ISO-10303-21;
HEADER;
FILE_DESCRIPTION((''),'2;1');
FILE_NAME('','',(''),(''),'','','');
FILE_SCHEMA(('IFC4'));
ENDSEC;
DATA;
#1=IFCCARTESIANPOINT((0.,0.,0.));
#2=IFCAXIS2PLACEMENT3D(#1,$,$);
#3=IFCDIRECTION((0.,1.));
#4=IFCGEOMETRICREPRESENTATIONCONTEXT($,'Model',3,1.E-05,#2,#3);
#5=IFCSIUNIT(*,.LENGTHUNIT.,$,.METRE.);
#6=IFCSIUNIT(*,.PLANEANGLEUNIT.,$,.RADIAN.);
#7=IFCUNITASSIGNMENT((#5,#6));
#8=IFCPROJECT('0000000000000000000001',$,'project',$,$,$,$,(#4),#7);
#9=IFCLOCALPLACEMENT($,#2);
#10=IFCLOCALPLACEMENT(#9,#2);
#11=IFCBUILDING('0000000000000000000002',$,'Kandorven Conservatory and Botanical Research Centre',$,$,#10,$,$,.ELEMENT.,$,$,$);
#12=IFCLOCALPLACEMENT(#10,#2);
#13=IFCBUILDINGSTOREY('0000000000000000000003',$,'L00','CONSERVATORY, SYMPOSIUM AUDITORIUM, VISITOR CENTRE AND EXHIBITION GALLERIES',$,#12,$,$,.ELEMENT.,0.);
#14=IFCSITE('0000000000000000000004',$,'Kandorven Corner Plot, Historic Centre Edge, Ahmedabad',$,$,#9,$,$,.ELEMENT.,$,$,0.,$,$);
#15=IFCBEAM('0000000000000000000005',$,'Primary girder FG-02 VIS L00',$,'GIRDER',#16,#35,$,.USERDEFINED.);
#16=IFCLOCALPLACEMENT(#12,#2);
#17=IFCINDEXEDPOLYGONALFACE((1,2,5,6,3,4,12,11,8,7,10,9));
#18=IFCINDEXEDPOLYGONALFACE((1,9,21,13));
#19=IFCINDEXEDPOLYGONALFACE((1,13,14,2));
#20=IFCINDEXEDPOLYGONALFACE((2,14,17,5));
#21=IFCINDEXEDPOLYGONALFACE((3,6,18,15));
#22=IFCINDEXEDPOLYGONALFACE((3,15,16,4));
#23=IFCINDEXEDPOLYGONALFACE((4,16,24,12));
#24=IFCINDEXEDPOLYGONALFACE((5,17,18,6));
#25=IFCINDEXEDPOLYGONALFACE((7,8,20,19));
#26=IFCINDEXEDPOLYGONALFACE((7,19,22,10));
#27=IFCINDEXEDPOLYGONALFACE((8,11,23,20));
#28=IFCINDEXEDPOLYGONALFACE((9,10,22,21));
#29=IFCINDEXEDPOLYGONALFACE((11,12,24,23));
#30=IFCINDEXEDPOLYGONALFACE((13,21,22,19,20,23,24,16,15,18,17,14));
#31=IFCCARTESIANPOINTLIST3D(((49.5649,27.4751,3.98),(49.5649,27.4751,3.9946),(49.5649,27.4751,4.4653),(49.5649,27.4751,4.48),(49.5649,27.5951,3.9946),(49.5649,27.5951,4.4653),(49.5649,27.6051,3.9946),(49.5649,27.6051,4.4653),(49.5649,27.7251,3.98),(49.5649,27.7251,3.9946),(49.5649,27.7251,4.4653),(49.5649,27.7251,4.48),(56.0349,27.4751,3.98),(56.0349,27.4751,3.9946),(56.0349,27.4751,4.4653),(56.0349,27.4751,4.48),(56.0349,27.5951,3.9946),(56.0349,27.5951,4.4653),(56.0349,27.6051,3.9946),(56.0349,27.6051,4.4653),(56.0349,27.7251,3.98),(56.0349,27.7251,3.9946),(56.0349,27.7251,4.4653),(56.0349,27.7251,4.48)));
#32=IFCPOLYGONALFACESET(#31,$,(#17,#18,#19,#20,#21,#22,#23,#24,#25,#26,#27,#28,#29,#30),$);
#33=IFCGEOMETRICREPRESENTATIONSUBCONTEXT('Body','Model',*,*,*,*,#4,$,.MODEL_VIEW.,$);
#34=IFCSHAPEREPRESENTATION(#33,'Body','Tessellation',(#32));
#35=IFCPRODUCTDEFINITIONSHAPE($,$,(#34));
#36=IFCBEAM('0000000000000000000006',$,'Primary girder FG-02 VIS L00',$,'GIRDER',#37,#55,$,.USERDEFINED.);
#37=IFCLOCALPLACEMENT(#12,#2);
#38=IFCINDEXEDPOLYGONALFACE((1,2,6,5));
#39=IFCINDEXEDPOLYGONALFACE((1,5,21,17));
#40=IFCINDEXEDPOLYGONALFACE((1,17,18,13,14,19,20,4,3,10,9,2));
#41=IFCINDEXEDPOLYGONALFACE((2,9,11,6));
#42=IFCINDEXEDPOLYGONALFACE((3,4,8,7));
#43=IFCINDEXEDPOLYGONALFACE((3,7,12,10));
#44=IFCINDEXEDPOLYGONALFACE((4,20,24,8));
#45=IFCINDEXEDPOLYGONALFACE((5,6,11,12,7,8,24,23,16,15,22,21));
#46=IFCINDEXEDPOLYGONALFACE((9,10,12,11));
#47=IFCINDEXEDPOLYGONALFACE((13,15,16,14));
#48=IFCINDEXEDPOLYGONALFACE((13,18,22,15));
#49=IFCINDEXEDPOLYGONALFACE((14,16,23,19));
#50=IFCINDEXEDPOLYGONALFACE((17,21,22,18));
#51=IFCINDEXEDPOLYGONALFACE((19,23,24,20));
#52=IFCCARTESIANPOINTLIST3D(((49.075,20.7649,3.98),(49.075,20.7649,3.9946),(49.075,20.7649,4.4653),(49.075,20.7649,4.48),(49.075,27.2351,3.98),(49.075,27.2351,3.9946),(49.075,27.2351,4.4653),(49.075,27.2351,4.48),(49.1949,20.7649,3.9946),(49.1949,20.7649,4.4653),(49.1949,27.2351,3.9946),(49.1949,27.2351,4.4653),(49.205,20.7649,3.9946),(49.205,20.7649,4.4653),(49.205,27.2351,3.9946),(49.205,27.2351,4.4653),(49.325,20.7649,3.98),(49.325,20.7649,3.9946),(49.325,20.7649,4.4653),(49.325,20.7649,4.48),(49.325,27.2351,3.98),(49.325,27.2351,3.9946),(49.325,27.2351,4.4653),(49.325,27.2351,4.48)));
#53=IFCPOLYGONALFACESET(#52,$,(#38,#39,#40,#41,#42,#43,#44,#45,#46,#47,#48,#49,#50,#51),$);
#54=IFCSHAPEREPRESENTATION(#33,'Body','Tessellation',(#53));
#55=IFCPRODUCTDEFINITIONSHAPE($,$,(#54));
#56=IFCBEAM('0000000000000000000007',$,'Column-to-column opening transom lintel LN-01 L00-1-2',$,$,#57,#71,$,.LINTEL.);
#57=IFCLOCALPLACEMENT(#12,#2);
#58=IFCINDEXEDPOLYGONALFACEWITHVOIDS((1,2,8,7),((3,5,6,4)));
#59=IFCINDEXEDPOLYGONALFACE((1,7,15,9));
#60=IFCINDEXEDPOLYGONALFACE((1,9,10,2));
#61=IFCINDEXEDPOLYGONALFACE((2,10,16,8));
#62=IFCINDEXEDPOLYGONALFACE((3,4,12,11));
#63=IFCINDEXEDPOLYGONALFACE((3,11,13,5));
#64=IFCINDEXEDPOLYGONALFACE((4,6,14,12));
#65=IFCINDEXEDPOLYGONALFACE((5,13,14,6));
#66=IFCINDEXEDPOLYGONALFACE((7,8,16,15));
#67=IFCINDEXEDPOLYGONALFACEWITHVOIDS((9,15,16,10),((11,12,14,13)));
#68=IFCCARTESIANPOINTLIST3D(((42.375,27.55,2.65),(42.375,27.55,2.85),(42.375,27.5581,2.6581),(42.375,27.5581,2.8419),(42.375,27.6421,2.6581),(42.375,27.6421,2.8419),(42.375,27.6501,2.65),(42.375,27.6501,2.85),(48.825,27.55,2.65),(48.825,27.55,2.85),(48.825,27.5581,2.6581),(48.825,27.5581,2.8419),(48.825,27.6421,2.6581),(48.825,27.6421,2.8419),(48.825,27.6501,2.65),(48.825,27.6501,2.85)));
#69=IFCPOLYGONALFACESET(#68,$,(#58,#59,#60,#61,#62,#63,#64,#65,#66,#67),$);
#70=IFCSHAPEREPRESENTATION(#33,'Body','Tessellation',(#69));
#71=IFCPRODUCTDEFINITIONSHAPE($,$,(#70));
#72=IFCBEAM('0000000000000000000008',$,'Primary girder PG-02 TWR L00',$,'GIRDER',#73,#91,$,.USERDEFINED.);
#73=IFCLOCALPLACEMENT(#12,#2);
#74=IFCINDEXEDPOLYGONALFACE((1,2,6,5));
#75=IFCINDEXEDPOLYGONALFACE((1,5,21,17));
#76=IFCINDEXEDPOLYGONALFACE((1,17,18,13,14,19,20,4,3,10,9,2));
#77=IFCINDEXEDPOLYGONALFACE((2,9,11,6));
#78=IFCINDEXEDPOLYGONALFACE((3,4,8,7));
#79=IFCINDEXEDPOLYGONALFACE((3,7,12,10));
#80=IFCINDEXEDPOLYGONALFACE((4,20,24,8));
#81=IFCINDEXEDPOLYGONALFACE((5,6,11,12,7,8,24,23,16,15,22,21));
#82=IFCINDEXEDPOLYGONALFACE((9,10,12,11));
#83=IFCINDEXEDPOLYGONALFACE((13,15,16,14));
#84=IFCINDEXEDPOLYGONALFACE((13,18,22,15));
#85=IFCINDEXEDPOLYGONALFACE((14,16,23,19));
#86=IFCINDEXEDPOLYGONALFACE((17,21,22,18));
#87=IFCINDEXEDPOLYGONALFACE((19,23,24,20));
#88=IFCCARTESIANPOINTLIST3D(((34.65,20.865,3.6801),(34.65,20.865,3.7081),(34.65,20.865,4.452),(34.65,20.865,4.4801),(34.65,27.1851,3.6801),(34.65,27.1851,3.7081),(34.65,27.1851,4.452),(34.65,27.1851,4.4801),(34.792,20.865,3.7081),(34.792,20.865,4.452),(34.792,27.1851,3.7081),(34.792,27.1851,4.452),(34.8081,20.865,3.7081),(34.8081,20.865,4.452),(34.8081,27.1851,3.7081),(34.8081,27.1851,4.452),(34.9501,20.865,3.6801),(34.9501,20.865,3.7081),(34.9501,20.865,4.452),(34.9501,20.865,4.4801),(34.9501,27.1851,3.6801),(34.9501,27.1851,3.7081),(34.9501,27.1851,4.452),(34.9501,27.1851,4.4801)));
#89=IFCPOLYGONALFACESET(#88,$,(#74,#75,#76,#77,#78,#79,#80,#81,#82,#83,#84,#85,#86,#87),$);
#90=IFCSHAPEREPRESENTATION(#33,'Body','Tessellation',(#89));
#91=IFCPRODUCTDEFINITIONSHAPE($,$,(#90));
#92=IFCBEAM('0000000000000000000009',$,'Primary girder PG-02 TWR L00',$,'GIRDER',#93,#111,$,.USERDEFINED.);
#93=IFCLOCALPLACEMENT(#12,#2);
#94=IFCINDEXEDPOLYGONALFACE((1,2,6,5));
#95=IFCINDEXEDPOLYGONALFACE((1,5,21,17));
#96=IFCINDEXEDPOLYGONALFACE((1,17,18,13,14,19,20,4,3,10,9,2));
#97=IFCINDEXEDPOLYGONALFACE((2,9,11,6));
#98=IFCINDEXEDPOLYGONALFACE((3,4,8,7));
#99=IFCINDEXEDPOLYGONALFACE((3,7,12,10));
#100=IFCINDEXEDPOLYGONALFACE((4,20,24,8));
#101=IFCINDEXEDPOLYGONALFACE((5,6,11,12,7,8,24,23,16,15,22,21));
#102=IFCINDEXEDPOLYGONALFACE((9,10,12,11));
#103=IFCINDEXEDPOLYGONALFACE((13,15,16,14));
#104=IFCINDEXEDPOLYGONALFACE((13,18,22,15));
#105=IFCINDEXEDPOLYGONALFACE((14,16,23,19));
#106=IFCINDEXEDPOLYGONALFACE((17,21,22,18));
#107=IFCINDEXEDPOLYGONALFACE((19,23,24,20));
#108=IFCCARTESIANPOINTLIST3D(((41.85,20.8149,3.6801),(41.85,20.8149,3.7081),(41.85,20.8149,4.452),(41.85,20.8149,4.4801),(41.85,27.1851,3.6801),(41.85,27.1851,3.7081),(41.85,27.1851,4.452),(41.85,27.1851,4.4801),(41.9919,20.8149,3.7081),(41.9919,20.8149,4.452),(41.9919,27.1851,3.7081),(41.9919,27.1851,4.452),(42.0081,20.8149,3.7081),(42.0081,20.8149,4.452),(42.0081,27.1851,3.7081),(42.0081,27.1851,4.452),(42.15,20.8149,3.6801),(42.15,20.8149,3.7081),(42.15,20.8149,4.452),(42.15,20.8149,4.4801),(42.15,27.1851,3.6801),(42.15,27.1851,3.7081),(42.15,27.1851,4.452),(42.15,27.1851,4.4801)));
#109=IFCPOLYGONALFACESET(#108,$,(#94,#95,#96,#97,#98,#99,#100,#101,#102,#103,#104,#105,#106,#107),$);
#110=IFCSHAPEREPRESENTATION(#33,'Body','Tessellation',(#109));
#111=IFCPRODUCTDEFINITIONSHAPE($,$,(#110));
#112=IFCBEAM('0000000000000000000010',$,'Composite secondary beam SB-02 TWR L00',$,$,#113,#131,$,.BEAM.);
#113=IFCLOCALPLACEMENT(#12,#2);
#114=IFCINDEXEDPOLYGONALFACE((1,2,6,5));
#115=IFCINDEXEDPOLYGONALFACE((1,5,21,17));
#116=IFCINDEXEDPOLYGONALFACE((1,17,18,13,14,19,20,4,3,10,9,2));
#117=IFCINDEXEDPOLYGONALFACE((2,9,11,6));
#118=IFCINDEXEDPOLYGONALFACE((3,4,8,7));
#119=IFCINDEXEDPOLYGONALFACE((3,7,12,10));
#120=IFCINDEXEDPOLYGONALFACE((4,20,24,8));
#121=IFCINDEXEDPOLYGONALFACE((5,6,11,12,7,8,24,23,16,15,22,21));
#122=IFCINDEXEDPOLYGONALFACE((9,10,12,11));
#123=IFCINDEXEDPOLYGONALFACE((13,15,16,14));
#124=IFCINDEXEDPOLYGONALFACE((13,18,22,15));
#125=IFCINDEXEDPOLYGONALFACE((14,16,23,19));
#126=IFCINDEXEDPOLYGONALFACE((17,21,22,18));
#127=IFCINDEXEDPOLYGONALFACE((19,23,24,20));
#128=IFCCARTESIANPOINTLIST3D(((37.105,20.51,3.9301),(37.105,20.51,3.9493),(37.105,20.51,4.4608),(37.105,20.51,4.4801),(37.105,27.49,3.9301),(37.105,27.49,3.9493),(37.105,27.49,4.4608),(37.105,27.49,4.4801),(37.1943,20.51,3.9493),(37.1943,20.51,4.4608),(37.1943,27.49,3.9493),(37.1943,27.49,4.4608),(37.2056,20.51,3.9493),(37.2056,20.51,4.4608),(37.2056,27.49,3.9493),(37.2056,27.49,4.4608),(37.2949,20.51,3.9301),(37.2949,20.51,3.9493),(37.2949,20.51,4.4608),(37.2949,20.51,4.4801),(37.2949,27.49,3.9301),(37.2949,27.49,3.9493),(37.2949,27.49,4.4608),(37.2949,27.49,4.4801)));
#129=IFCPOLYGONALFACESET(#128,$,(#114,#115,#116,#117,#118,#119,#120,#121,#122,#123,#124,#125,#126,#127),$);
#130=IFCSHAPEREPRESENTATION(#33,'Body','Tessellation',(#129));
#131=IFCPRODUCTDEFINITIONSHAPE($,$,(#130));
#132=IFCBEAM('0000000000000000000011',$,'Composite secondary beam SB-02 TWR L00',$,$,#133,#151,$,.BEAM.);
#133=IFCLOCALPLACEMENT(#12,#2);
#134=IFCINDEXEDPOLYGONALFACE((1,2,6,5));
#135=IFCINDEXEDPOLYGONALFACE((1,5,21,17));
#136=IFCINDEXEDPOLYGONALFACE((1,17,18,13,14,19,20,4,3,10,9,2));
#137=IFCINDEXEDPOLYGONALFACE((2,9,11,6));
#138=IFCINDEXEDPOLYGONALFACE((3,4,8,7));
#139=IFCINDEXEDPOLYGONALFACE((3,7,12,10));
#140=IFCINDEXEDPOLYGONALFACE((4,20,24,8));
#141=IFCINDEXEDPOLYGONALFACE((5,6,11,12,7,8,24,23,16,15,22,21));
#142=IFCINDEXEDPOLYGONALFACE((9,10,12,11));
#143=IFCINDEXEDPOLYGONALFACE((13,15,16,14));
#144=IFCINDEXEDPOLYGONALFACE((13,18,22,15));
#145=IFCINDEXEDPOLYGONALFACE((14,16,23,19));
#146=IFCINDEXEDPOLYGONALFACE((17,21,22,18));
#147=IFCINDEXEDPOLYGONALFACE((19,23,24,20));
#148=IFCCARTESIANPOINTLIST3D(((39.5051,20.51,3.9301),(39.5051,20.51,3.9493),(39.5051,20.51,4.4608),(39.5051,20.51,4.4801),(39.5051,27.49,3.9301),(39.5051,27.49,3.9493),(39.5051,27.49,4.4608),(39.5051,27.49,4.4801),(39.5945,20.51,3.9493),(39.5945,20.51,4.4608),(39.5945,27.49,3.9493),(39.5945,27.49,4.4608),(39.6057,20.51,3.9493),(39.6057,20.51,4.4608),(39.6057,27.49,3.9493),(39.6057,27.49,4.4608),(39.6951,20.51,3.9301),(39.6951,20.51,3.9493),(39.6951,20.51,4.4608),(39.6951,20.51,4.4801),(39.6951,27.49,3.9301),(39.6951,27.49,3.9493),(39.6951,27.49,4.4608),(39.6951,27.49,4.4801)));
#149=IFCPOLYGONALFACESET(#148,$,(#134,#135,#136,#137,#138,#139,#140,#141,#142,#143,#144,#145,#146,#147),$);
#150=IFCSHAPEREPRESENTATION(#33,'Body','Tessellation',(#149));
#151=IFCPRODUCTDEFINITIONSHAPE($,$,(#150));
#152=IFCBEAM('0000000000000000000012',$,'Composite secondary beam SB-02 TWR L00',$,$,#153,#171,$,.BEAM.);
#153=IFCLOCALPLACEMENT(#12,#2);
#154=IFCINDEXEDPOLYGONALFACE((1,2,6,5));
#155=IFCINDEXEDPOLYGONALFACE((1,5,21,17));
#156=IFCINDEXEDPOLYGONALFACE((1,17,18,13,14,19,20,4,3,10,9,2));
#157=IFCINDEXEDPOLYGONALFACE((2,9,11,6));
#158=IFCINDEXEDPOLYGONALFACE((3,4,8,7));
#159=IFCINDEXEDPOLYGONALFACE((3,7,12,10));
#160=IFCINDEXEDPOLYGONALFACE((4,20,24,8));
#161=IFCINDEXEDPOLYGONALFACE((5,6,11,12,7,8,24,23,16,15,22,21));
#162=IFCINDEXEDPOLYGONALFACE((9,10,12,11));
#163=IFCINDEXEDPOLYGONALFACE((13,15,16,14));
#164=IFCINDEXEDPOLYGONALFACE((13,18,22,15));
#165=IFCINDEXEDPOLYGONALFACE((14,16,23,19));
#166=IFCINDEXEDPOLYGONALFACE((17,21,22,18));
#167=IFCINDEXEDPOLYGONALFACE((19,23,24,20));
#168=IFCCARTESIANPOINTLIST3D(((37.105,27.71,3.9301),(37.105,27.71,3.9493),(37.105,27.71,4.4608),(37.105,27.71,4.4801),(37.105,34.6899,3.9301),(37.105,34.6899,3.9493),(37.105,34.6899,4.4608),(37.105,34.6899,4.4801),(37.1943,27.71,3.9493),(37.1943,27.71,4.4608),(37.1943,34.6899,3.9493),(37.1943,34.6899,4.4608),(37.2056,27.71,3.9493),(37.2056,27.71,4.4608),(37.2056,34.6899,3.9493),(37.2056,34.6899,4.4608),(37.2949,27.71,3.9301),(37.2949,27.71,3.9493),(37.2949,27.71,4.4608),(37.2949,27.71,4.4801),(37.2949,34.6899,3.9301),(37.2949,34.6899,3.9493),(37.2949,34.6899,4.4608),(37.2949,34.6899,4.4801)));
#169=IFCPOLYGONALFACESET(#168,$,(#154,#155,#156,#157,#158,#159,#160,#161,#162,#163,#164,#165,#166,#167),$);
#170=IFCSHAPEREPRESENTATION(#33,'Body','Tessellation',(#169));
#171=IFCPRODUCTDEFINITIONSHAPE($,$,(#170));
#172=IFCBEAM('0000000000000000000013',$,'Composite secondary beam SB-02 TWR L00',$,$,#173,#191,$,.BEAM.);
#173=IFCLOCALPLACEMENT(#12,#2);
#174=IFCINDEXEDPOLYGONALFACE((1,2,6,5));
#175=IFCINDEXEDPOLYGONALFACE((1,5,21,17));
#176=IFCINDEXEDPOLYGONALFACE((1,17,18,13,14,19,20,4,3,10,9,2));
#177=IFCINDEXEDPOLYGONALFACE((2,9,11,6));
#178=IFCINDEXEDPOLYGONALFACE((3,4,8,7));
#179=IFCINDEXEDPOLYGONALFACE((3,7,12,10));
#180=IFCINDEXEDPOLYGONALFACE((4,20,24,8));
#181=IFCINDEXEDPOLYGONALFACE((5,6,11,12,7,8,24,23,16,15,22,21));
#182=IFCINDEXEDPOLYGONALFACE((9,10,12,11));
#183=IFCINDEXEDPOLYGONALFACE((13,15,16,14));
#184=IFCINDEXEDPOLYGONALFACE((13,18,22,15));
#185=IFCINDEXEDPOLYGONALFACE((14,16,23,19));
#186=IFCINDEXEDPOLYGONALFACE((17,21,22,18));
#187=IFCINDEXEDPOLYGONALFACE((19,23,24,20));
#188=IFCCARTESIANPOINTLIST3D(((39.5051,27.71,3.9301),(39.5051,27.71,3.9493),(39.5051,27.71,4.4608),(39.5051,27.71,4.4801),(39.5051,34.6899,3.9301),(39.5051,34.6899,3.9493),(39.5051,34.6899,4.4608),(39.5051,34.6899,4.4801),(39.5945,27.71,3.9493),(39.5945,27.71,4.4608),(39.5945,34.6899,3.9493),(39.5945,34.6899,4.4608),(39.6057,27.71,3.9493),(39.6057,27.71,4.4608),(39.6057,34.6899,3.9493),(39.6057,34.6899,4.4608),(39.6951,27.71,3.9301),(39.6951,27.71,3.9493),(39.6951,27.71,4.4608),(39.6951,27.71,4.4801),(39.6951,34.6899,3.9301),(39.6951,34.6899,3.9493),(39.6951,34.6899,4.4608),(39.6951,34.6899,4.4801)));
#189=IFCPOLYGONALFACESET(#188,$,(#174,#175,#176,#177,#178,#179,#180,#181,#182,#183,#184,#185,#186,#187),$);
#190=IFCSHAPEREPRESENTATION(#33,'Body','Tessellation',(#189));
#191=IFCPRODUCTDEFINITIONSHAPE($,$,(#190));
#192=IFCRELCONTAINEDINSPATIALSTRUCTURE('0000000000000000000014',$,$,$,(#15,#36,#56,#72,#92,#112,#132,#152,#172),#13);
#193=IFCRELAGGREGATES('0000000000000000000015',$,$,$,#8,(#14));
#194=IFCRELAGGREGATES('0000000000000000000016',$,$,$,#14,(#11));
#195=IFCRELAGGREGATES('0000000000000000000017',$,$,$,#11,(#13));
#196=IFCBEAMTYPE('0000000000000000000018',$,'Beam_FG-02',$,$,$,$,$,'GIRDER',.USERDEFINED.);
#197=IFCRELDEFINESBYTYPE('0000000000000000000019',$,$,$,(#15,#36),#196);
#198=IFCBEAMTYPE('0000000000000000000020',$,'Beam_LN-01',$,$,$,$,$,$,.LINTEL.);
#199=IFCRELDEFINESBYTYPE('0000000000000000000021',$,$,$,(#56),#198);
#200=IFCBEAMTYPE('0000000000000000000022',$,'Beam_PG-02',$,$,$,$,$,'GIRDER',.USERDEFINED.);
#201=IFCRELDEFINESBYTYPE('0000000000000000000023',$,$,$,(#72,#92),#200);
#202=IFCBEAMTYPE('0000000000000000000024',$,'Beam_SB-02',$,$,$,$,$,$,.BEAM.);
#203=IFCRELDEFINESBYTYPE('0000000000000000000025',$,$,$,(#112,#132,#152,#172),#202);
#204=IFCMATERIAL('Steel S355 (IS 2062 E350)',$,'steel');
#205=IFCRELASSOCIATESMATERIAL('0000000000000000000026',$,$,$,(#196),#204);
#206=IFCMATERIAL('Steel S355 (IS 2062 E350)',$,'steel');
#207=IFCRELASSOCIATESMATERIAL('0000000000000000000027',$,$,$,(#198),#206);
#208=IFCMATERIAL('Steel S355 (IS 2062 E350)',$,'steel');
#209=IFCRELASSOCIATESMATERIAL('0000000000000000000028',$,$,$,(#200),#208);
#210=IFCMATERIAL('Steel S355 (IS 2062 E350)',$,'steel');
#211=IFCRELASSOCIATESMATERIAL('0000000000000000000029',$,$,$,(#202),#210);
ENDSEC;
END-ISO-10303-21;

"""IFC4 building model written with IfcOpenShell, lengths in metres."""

from ifc_helpers import new_model, si_unit, direction, frame, origin, origin_2d, place, context, subcontext, project, spatial, hollow_rectangle, i_section, extrude, material, material_profile, profile_set, type_object, element, save


model = new_model("IFC4")

# Units and contexts
model_context = context("Model", 3, precision=1e-05, world=origin(), true_north=direction((0.0, 1.0)))
body_context = subcontext(model_context, "Body", "Model", "MODEL_VIEW")
ifc_project = project(units=[si_unit("LENGTHUNIT", "METRE"), si_unit("PLANEANGLEUNIT", "RADIAN")], contexts=[model_context])

# Site, building, storey
site_placement = place(None, origin())
site = spatial("IfcSite", under=ifc_project, at=site_placement, Name="Kandorven Corner Plot, Historic Centre Edge, Ahmedabad", CompositionType="ELEMENT", RefElevation=0.0)
building_placement = place(site_placement, origin())
building = spatial("IfcBuilding", under=site, at=building_placement, Name="Kandorven Conservatory and Botanical Research Centre", CompositionType="ELEMENT")
storey_placement = place(building_placement, origin())
storey = spatial("IfcBuildingStorey", under=building, at=storey_placement, Name="L00", Description="CONSERVATORY, SYMPOSIUM AUDITORIUM, VISITOR CENTRE AND EXHIBITION GALLERIES", CompositionType="ELEMENT", Elevation=0.0)

# Beams
ifc_material_1 = material(Name="Steel S355 (IS 2062 E350)", Category="steel")
ifc_material_profile_1 = material_profile(ifc_material_1, i_section(OverallWidth=0.25, OverallDepth=0.5, WebThickness=0.01, FlangeThickness=0.0146, at=origin_2d()))
ifc_profile_set_1 = profile_set([ifc_material_profile_1], Name="Steel S355 (IS 2062 E350)")
beam_type_1 = type_object("IfcBeamType", Name="Beam_FG-02", ElementType="GIRDER", PredefinedType="USERDEFINED", material=ifc_profile_set_1)
beam_1_placement = place(storey_placement, frame((49.5649, 27.6001, 4.23), z_axis=(1.0, 0.0, 0.0), x_axis=(0.0, 1.0, 0.0)))
element("IfcBeam", 1, at=beam_1_placement, inside=storey, type_object=beam_type_1, Name="Primary girder FG-02 VIS L00", ObjectType="GIRDER", PredefinedType="USERDEFINED", context=body_context, shape_type="SweptSolid", body=[
    extrude(i_section(OverallWidth=0.25, OverallDepth=0.5, WebThickness=0.01, FlangeThickness=0.0146, at=origin_2d()), origin(), (0.0, 0.0, 1.0), 6.47),
])
beam_2_placement = place(storey_placement, frame((49.2, 20.7649, 4.23), z_axis=(0.0, 1.0, 0.0), x_axis=(-1.0, 0.0, 0.0)))
element("IfcBeam", 2, at=beam_2_placement, inside=storey, type_object=beam_type_1, Name="Primary girder FG-02 VIS L00", ObjectType="GIRDER", PredefinedType="USERDEFINED", context=body_context, shape_type="SweptSolid", body=[
    extrude(i_section(OverallWidth=0.25, OverallDepth=0.5, WebThickness=0.01, FlangeThickness=0.0146, at=origin_2d()), origin(), (0.0, 0.0, 1.0), 6.4702),
])
ifc_material_2 = material(Name="Steel S355 (IS 2062 E350)", Category="steel")
ifc_material_profile_2 = material_profile(ifc_material_2, hollow_rectangle(XDim=0.1001, YDim=0.2, WallThickness=0.0081, at=origin_2d()))
ifc_profile_set_2 = profile_set([ifc_material_profile_2], Name="Steel S355 (IS 2062 E350)")
beam_type_2 = type_object("IfcBeamType", Name="Beam_LN-01", PredefinedType="LINTEL", material=ifc_profile_set_2)
beam_3_placement = place(storey_placement, frame((42.375, 27.6001, 2.75), z_axis=(1.0, 0.0, 0.0), x_axis=(0.0, 1.0, 0.0)))
element("IfcBeam", 3, at=beam_3_placement, inside=storey, type_object=beam_type_2, Name="Column-to-column opening transom lintel LN-01 L00-1-2", PredefinedType="LINTEL", context=body_context, shape_type="SweptSolid", body=[
    extrude(hollow_rectangle(XDim=0.1001, YDim=0.2, WallThickness=0.0081, at=origin_2d()), origin(), (0.0, 0.0, 1.0), 6.45),
])
ifc_material_3 = material(Name="Steel S355 (IS 2062 E350)", Category="steel")
ifc_material_profile_3 = material_profile(ifc_material_3, i_section(OverallWidth=0.3, OverallDepth=0.8, WebThickness=0.0161, FlangeThickness=0.0281, at=origin_2d()))
ifc_profile_set_3 = profile_set([ifc_material_profile_3], Name="Steel S355 (IS 2062 E350)")
beam_type_3 = type_object("IfcBeamType", Name="Beam_PG-02", ElementType="GIRDER", PredefinedType="USERDEFINED", material=ifc_profile_set_3)
beam_4_placement = place(storey_placement, frame((34.8, 20.865, 4.0801), z_axis=(0.0, 1.0, 0.0), x_axis=(-1.0, 0.0, 0.0)))
element("IfcBeam", 4, at=beam_4_placement, inside=storey, type_object=beam_type_3, Name="Primary girder PG-02 TWR L00", ObjectType="GIRDER", PredefinedType="USERDEFINED", context=body_context, shape_type="SweptSolid", body=[
    extrude(i_section(OverallWidth=0.3, OverallDepth=0.8, WebThickness=0.0161, FlangeThickness=0.0281, at=origin_2d()), origin(), (0.0, 0.0, 1.0), 6.3201),
])
beam_5_placement = place(storey_placement, frame((42.0, 20.8149, 4.0801), z_axis=(0.0, 1.0, 0.0), x_axis=(-1.0, 0.0, 0.0)))
element("IfcBeam", 5, at=beam_5_placement, inside=storey, type_object=beam_type_3, Name="Primary girder PG-02 TWR L00", ObjectType="GIRDER", PredefinedType="USERDEFINED", context=body_context, shape_type="SweptSolid", body=[
    extrude(i_section(OverallWidth=0.3, OverallDepth=0.8, WebThickness=0.0161, FlangeThickness=0.0281, at=origin_2d()), origin(), (0.0, 0.0, 1.0), 6.3701),
])
ifc_material_4 = material(Name="Steel S355 (IS 2062 E350)", Category="steel")
ifc_material_profile_4 = material_profile(ifc_material_4, i_section(OverallWidth=0.1899, OverallDepth=0.55, WebThickness=0.0112, FlangeThickness=0.0193, at=origin_2d()))
ifc_profile_set_4 = profile_set([ifc_material_profile_4], Name="Steel S355 (IS 2062 E350)")
beam_type_4 = type_object("IfcBeamType", Name="Beam_SB-02", PredefinedType="BEAM", material=ifc_profile_set_4)
for number, where, z_axis, x_axis, name in (
    (6, (37.2, 20.51, 4.2051), (0.0, 1.0, 0.0), (-1.0, 0.0, 0.0), "Composite secondary beam SB-02 TWR L00"),
    (7, (39.6001, 20.51, 4.2051), (0.0, 1.0, 0.0), (-1.0, 0.0, 0.0), "Composite secondary beam SB-02 TWR L00"),
    (8, (37.2, 27.71, 4.2051), (0.0, 1.0, 0.0), (-1.0, 0.0, 0.0), "Composite secondary beam SB-02 TWR L00"),
    (9, (39.6001, 27.71, 4.2051), (0.0, 1.0, 0.0), (-1.0, 0.0, 0.0), "Composite secondary beam SB-02 TWR L00"),
):
    element("IfcBeam", number, at=place(storey_placement, frame(where, z_axis=z_axis, x_axis=x_axis)), inside=storey, type_object=beam_type_4, Name=name, PredefinedType="BEAM", context=body_context, shape_type="SweptSolid", body=[
        extrude(i_section(OverallWidth=0.1899, OverallDepth=0.55, WebThickness=0.0112, FlangeThickness=0.0193, at=origin_2d()), origin(), (0.0, 0.0, 1.0), 6.98),
    ])

save(model, "model.ifc")
